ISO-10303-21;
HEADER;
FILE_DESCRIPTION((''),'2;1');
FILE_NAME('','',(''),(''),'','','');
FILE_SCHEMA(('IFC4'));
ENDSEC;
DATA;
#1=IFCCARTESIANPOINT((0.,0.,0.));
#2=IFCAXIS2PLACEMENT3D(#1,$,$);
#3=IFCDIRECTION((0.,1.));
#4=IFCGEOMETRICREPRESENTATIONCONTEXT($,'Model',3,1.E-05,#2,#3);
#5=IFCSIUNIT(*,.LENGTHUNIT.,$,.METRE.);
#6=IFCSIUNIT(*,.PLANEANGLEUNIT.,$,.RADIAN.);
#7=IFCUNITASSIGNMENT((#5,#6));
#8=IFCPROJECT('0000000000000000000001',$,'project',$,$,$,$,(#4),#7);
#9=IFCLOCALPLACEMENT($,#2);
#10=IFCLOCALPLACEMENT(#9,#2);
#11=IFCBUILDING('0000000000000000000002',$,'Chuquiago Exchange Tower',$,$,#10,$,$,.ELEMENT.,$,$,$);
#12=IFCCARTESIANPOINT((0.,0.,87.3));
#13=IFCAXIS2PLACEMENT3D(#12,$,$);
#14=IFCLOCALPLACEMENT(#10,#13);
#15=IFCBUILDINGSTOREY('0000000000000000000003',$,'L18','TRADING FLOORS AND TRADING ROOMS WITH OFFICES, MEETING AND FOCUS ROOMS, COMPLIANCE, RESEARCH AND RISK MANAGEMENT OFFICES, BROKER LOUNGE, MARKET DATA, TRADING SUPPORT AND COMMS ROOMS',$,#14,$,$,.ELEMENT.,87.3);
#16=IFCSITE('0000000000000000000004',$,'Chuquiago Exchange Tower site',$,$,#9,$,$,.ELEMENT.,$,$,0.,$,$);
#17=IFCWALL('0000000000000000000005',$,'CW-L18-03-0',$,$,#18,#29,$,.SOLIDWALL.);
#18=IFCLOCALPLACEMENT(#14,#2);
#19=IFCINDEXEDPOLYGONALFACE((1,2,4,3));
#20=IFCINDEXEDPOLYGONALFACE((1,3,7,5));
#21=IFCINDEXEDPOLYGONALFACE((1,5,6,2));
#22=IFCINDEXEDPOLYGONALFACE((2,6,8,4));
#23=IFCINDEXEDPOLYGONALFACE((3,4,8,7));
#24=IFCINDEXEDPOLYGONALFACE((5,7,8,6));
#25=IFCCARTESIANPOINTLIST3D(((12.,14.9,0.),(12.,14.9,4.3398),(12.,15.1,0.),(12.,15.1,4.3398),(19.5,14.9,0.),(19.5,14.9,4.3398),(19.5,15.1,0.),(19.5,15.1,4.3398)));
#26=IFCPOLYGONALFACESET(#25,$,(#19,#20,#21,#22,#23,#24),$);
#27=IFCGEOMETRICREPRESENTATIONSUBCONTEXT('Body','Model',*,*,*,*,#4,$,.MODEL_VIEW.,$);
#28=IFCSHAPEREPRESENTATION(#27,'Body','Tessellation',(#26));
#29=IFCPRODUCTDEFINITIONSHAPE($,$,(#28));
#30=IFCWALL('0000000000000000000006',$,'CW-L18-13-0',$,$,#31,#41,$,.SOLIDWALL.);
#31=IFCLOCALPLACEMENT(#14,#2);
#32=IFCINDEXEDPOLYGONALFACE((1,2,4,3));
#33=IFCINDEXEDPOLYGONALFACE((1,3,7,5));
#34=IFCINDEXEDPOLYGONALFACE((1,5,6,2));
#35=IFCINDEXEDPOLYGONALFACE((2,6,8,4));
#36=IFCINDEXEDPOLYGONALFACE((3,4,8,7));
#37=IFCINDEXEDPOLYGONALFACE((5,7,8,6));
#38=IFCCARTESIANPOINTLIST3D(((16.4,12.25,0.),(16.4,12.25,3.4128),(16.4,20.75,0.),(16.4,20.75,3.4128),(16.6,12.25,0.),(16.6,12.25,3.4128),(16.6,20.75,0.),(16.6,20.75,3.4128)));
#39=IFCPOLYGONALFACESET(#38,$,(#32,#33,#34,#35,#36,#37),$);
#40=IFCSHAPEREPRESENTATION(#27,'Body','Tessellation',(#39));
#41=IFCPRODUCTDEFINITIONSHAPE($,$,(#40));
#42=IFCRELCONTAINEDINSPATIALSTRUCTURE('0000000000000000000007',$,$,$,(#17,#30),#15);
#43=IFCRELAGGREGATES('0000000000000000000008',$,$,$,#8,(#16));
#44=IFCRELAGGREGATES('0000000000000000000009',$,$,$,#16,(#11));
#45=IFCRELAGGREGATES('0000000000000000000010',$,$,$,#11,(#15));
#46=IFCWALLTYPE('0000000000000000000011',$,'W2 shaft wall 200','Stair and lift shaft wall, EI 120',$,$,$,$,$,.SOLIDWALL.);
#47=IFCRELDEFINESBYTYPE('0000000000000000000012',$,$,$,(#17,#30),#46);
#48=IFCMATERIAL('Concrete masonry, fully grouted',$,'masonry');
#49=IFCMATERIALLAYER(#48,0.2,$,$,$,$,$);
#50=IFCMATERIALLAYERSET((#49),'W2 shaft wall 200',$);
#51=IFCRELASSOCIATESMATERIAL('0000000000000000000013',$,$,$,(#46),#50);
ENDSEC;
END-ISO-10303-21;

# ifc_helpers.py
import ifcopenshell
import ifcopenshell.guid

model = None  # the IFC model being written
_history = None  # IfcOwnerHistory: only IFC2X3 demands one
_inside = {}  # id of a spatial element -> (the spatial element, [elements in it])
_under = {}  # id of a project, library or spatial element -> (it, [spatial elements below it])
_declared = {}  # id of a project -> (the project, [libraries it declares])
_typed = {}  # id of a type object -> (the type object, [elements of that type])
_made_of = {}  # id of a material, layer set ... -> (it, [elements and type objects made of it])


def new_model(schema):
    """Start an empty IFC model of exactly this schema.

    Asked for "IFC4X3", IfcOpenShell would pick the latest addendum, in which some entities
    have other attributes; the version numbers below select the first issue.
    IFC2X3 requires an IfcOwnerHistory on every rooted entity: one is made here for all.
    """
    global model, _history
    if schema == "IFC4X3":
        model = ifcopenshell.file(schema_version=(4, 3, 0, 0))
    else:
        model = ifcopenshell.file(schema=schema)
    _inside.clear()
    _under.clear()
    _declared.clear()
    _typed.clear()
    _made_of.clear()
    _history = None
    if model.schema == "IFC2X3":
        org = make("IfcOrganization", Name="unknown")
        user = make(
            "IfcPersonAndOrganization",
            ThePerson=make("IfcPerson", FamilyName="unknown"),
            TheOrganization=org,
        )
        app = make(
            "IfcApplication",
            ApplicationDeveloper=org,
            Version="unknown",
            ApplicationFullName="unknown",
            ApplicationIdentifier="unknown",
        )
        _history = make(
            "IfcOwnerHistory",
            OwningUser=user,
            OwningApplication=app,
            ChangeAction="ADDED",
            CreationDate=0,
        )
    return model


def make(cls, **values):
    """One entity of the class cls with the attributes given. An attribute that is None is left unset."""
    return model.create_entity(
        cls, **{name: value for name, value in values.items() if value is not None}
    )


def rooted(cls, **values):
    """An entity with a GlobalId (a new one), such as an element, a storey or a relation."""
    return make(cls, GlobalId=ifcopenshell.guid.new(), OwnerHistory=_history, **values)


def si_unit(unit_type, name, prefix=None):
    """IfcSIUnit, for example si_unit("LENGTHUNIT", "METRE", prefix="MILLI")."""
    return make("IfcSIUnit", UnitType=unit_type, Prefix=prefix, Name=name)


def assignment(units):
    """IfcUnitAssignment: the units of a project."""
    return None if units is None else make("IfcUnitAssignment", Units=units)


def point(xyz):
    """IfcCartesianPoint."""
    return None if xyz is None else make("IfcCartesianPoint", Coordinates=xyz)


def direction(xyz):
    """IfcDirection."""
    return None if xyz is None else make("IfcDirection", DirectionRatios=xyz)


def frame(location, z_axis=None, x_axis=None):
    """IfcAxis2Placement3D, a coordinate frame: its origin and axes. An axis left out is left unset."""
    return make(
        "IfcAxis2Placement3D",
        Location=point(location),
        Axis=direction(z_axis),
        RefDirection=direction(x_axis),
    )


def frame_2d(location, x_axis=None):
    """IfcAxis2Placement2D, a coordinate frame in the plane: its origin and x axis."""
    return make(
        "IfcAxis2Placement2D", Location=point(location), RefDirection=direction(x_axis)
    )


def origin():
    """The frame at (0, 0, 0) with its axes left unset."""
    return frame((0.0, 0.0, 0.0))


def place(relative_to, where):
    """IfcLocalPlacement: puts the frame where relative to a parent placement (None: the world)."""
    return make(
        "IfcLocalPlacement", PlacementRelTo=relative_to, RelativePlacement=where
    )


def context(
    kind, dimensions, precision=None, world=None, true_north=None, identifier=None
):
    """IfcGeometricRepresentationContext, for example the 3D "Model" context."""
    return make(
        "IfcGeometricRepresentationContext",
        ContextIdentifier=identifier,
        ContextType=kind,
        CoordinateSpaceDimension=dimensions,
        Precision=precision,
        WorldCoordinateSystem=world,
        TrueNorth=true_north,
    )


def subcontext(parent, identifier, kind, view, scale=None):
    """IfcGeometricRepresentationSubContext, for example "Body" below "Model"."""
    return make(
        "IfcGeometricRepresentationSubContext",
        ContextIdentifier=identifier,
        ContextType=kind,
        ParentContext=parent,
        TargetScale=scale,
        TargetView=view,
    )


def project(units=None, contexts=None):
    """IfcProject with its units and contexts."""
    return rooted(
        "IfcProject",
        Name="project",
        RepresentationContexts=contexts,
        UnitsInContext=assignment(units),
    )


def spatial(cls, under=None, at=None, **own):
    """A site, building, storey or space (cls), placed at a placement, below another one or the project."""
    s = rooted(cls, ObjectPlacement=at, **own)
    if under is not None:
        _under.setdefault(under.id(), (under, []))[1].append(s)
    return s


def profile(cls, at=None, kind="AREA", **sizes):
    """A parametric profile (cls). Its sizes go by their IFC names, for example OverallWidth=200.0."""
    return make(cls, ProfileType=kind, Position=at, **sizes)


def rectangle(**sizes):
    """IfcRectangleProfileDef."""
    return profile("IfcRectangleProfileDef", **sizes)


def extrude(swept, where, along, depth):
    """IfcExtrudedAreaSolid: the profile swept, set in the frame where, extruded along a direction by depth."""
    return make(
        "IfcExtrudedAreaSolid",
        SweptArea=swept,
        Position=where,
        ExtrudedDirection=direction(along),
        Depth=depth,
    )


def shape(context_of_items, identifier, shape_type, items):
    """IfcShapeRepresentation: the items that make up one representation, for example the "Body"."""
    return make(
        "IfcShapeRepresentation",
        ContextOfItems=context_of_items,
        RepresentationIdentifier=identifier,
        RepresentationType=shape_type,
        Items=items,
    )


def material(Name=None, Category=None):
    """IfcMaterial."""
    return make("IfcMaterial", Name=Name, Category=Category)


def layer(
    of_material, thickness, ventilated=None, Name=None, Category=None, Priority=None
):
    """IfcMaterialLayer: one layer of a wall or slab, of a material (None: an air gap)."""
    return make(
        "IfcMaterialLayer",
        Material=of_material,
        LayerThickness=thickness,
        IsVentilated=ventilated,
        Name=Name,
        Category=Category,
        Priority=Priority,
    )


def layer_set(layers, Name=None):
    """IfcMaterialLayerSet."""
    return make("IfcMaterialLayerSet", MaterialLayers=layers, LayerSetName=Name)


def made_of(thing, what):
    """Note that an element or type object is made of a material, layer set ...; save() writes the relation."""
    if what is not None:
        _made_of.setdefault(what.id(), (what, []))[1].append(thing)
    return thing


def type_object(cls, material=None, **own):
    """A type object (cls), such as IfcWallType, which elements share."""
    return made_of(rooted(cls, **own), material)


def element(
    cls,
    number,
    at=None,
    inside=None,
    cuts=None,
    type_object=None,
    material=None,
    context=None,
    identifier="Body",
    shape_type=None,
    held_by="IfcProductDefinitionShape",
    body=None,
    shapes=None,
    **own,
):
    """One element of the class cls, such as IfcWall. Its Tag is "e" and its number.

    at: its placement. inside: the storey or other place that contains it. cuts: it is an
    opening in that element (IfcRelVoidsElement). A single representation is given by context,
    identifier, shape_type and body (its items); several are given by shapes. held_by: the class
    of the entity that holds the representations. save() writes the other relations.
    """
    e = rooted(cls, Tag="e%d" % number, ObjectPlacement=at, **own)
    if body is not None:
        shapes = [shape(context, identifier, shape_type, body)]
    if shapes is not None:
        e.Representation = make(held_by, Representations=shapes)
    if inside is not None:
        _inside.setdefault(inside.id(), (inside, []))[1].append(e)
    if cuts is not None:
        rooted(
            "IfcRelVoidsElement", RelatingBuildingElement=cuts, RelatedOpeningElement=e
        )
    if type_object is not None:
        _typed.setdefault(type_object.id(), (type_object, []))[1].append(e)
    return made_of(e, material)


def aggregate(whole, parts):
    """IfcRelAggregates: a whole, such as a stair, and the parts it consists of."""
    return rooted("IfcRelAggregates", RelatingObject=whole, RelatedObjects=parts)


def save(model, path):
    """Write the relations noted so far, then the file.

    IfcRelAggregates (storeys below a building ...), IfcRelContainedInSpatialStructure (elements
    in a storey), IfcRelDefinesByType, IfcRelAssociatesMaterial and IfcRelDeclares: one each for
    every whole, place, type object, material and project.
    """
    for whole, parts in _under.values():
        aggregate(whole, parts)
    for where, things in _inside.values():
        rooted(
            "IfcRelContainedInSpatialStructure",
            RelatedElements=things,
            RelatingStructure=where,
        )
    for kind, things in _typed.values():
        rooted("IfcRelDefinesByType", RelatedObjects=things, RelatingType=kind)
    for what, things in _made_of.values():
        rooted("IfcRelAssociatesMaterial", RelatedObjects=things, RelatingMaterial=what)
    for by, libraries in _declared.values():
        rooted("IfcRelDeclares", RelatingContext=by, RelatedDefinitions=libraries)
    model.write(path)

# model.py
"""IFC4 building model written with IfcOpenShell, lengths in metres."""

from ifc_helpers import new_model, si_unit, direction, frame, frame_2d, origin, place, context, subcontext, project, spatial, rectangle, extrude, material, layer, layer_set, type_object, element, save


model = new_model("IFC4")

# Units and contexts
model_context = context("Model", 3, precision=1e-05, world=origin(), true_north=direction((0.0, 1.0)))
body_context = subcontext(model_context, "Body", "Model", "MODEL_VIEW")
ifc_project = project(units=[si_unit("LENGTHUNIT", "METRE"), si_unit("PLANEANGLEUNIT", "RADIAN")], contexts=[model_context])

# Site, building, storey
site_placement = place(None, origin())
site = spatial("IfcSite", under=ifc_project, at=site_placement, Name="Chuquiago Exchange Tower site", CompositionType="ELEMENT", RefElevation=0.0)
building_placement = place(site_placement, origin())
building = spatial("IfcBuilding", under=site, at=building_placement, Name="Chuquiago Exchange Tower", CompositionType="ELEMENT")
storey_placement = place(building_placement, frame((0.0, 0.0, 87.3)))
storey = spatial("IfcBuildingStorey", under=building, at=storey_placement, Name="L18", Description="TRADING FLOORS AND TRADING ROOMS WITH OFFICES, MEETING AND FOCUS ROOMS, COMPLIANCE, RESEARCH AND RISK MANAGEMENT OFFICES, BROKER LOUNGE, MARKET DATA, TRADING SUPPORT AND COMMS ROOMS", CompositionType="ELEMENT", Elevation=87.3)

# Walls
ifc_material_1 = material(Name="Concrete masonry, fully grouted", Category="masonry")
ifc_layer_1 = layer(ifc_material_1, 0.2)
ifc_layer_set_1 = layer_set([ifc_layer_1], Name="W2 shaft wall 200")
wall_type_1 = type_object("IfcWallType", Name="W2 shaft wall 200", Description="Stair and lift shaft wall, EI 120", PredefinedType="SOLIDWALL", material=ifc_layer_set_1)
wall_1_placement = place(storey_placement, frame((12.0, 15.0, 0.0), z_axis=(0.0, 0.0, 1.0), x_axis=(1.0, 0.0, 0.0)))
element("IfcWall", 1, at=wall_1_placement, inside=storey, type_object=wall_type_1, Name="CW-L18-03-0", PredefinedType="SOLIDWALL", context=body_context, shape_type="SweptSolid", body=[
    extrude(rectangle(XDim=7.5, YDim=0.2, at=frame_2d((3.75, 0.0))), origin(), (0.0, 0.0, 1.0), 4.3398),
])
wall_2_placement = place(storey_placement, frame((16.5, 12.25, 0.0), z_axis=(0.0, 0.0, 1.0), x_axis=(0.0, 1.0, 0.0)))
element("IfcWall", 2, at=wall_2_placement, inside=storey, type_object=wall_type_1, Name="CW-L18-13-0", PredefinedType="SOLIDWALL", context=body_context, shape_type="SweptSolid", body=[
    extrude(rectangle(XDim=8.5, YDim=0.2, at=frame_2d((4.25, 0.0))), origin(), (0.0, 0.0, 1.0), 3.4128),
])

save(model, "model.ifc")
